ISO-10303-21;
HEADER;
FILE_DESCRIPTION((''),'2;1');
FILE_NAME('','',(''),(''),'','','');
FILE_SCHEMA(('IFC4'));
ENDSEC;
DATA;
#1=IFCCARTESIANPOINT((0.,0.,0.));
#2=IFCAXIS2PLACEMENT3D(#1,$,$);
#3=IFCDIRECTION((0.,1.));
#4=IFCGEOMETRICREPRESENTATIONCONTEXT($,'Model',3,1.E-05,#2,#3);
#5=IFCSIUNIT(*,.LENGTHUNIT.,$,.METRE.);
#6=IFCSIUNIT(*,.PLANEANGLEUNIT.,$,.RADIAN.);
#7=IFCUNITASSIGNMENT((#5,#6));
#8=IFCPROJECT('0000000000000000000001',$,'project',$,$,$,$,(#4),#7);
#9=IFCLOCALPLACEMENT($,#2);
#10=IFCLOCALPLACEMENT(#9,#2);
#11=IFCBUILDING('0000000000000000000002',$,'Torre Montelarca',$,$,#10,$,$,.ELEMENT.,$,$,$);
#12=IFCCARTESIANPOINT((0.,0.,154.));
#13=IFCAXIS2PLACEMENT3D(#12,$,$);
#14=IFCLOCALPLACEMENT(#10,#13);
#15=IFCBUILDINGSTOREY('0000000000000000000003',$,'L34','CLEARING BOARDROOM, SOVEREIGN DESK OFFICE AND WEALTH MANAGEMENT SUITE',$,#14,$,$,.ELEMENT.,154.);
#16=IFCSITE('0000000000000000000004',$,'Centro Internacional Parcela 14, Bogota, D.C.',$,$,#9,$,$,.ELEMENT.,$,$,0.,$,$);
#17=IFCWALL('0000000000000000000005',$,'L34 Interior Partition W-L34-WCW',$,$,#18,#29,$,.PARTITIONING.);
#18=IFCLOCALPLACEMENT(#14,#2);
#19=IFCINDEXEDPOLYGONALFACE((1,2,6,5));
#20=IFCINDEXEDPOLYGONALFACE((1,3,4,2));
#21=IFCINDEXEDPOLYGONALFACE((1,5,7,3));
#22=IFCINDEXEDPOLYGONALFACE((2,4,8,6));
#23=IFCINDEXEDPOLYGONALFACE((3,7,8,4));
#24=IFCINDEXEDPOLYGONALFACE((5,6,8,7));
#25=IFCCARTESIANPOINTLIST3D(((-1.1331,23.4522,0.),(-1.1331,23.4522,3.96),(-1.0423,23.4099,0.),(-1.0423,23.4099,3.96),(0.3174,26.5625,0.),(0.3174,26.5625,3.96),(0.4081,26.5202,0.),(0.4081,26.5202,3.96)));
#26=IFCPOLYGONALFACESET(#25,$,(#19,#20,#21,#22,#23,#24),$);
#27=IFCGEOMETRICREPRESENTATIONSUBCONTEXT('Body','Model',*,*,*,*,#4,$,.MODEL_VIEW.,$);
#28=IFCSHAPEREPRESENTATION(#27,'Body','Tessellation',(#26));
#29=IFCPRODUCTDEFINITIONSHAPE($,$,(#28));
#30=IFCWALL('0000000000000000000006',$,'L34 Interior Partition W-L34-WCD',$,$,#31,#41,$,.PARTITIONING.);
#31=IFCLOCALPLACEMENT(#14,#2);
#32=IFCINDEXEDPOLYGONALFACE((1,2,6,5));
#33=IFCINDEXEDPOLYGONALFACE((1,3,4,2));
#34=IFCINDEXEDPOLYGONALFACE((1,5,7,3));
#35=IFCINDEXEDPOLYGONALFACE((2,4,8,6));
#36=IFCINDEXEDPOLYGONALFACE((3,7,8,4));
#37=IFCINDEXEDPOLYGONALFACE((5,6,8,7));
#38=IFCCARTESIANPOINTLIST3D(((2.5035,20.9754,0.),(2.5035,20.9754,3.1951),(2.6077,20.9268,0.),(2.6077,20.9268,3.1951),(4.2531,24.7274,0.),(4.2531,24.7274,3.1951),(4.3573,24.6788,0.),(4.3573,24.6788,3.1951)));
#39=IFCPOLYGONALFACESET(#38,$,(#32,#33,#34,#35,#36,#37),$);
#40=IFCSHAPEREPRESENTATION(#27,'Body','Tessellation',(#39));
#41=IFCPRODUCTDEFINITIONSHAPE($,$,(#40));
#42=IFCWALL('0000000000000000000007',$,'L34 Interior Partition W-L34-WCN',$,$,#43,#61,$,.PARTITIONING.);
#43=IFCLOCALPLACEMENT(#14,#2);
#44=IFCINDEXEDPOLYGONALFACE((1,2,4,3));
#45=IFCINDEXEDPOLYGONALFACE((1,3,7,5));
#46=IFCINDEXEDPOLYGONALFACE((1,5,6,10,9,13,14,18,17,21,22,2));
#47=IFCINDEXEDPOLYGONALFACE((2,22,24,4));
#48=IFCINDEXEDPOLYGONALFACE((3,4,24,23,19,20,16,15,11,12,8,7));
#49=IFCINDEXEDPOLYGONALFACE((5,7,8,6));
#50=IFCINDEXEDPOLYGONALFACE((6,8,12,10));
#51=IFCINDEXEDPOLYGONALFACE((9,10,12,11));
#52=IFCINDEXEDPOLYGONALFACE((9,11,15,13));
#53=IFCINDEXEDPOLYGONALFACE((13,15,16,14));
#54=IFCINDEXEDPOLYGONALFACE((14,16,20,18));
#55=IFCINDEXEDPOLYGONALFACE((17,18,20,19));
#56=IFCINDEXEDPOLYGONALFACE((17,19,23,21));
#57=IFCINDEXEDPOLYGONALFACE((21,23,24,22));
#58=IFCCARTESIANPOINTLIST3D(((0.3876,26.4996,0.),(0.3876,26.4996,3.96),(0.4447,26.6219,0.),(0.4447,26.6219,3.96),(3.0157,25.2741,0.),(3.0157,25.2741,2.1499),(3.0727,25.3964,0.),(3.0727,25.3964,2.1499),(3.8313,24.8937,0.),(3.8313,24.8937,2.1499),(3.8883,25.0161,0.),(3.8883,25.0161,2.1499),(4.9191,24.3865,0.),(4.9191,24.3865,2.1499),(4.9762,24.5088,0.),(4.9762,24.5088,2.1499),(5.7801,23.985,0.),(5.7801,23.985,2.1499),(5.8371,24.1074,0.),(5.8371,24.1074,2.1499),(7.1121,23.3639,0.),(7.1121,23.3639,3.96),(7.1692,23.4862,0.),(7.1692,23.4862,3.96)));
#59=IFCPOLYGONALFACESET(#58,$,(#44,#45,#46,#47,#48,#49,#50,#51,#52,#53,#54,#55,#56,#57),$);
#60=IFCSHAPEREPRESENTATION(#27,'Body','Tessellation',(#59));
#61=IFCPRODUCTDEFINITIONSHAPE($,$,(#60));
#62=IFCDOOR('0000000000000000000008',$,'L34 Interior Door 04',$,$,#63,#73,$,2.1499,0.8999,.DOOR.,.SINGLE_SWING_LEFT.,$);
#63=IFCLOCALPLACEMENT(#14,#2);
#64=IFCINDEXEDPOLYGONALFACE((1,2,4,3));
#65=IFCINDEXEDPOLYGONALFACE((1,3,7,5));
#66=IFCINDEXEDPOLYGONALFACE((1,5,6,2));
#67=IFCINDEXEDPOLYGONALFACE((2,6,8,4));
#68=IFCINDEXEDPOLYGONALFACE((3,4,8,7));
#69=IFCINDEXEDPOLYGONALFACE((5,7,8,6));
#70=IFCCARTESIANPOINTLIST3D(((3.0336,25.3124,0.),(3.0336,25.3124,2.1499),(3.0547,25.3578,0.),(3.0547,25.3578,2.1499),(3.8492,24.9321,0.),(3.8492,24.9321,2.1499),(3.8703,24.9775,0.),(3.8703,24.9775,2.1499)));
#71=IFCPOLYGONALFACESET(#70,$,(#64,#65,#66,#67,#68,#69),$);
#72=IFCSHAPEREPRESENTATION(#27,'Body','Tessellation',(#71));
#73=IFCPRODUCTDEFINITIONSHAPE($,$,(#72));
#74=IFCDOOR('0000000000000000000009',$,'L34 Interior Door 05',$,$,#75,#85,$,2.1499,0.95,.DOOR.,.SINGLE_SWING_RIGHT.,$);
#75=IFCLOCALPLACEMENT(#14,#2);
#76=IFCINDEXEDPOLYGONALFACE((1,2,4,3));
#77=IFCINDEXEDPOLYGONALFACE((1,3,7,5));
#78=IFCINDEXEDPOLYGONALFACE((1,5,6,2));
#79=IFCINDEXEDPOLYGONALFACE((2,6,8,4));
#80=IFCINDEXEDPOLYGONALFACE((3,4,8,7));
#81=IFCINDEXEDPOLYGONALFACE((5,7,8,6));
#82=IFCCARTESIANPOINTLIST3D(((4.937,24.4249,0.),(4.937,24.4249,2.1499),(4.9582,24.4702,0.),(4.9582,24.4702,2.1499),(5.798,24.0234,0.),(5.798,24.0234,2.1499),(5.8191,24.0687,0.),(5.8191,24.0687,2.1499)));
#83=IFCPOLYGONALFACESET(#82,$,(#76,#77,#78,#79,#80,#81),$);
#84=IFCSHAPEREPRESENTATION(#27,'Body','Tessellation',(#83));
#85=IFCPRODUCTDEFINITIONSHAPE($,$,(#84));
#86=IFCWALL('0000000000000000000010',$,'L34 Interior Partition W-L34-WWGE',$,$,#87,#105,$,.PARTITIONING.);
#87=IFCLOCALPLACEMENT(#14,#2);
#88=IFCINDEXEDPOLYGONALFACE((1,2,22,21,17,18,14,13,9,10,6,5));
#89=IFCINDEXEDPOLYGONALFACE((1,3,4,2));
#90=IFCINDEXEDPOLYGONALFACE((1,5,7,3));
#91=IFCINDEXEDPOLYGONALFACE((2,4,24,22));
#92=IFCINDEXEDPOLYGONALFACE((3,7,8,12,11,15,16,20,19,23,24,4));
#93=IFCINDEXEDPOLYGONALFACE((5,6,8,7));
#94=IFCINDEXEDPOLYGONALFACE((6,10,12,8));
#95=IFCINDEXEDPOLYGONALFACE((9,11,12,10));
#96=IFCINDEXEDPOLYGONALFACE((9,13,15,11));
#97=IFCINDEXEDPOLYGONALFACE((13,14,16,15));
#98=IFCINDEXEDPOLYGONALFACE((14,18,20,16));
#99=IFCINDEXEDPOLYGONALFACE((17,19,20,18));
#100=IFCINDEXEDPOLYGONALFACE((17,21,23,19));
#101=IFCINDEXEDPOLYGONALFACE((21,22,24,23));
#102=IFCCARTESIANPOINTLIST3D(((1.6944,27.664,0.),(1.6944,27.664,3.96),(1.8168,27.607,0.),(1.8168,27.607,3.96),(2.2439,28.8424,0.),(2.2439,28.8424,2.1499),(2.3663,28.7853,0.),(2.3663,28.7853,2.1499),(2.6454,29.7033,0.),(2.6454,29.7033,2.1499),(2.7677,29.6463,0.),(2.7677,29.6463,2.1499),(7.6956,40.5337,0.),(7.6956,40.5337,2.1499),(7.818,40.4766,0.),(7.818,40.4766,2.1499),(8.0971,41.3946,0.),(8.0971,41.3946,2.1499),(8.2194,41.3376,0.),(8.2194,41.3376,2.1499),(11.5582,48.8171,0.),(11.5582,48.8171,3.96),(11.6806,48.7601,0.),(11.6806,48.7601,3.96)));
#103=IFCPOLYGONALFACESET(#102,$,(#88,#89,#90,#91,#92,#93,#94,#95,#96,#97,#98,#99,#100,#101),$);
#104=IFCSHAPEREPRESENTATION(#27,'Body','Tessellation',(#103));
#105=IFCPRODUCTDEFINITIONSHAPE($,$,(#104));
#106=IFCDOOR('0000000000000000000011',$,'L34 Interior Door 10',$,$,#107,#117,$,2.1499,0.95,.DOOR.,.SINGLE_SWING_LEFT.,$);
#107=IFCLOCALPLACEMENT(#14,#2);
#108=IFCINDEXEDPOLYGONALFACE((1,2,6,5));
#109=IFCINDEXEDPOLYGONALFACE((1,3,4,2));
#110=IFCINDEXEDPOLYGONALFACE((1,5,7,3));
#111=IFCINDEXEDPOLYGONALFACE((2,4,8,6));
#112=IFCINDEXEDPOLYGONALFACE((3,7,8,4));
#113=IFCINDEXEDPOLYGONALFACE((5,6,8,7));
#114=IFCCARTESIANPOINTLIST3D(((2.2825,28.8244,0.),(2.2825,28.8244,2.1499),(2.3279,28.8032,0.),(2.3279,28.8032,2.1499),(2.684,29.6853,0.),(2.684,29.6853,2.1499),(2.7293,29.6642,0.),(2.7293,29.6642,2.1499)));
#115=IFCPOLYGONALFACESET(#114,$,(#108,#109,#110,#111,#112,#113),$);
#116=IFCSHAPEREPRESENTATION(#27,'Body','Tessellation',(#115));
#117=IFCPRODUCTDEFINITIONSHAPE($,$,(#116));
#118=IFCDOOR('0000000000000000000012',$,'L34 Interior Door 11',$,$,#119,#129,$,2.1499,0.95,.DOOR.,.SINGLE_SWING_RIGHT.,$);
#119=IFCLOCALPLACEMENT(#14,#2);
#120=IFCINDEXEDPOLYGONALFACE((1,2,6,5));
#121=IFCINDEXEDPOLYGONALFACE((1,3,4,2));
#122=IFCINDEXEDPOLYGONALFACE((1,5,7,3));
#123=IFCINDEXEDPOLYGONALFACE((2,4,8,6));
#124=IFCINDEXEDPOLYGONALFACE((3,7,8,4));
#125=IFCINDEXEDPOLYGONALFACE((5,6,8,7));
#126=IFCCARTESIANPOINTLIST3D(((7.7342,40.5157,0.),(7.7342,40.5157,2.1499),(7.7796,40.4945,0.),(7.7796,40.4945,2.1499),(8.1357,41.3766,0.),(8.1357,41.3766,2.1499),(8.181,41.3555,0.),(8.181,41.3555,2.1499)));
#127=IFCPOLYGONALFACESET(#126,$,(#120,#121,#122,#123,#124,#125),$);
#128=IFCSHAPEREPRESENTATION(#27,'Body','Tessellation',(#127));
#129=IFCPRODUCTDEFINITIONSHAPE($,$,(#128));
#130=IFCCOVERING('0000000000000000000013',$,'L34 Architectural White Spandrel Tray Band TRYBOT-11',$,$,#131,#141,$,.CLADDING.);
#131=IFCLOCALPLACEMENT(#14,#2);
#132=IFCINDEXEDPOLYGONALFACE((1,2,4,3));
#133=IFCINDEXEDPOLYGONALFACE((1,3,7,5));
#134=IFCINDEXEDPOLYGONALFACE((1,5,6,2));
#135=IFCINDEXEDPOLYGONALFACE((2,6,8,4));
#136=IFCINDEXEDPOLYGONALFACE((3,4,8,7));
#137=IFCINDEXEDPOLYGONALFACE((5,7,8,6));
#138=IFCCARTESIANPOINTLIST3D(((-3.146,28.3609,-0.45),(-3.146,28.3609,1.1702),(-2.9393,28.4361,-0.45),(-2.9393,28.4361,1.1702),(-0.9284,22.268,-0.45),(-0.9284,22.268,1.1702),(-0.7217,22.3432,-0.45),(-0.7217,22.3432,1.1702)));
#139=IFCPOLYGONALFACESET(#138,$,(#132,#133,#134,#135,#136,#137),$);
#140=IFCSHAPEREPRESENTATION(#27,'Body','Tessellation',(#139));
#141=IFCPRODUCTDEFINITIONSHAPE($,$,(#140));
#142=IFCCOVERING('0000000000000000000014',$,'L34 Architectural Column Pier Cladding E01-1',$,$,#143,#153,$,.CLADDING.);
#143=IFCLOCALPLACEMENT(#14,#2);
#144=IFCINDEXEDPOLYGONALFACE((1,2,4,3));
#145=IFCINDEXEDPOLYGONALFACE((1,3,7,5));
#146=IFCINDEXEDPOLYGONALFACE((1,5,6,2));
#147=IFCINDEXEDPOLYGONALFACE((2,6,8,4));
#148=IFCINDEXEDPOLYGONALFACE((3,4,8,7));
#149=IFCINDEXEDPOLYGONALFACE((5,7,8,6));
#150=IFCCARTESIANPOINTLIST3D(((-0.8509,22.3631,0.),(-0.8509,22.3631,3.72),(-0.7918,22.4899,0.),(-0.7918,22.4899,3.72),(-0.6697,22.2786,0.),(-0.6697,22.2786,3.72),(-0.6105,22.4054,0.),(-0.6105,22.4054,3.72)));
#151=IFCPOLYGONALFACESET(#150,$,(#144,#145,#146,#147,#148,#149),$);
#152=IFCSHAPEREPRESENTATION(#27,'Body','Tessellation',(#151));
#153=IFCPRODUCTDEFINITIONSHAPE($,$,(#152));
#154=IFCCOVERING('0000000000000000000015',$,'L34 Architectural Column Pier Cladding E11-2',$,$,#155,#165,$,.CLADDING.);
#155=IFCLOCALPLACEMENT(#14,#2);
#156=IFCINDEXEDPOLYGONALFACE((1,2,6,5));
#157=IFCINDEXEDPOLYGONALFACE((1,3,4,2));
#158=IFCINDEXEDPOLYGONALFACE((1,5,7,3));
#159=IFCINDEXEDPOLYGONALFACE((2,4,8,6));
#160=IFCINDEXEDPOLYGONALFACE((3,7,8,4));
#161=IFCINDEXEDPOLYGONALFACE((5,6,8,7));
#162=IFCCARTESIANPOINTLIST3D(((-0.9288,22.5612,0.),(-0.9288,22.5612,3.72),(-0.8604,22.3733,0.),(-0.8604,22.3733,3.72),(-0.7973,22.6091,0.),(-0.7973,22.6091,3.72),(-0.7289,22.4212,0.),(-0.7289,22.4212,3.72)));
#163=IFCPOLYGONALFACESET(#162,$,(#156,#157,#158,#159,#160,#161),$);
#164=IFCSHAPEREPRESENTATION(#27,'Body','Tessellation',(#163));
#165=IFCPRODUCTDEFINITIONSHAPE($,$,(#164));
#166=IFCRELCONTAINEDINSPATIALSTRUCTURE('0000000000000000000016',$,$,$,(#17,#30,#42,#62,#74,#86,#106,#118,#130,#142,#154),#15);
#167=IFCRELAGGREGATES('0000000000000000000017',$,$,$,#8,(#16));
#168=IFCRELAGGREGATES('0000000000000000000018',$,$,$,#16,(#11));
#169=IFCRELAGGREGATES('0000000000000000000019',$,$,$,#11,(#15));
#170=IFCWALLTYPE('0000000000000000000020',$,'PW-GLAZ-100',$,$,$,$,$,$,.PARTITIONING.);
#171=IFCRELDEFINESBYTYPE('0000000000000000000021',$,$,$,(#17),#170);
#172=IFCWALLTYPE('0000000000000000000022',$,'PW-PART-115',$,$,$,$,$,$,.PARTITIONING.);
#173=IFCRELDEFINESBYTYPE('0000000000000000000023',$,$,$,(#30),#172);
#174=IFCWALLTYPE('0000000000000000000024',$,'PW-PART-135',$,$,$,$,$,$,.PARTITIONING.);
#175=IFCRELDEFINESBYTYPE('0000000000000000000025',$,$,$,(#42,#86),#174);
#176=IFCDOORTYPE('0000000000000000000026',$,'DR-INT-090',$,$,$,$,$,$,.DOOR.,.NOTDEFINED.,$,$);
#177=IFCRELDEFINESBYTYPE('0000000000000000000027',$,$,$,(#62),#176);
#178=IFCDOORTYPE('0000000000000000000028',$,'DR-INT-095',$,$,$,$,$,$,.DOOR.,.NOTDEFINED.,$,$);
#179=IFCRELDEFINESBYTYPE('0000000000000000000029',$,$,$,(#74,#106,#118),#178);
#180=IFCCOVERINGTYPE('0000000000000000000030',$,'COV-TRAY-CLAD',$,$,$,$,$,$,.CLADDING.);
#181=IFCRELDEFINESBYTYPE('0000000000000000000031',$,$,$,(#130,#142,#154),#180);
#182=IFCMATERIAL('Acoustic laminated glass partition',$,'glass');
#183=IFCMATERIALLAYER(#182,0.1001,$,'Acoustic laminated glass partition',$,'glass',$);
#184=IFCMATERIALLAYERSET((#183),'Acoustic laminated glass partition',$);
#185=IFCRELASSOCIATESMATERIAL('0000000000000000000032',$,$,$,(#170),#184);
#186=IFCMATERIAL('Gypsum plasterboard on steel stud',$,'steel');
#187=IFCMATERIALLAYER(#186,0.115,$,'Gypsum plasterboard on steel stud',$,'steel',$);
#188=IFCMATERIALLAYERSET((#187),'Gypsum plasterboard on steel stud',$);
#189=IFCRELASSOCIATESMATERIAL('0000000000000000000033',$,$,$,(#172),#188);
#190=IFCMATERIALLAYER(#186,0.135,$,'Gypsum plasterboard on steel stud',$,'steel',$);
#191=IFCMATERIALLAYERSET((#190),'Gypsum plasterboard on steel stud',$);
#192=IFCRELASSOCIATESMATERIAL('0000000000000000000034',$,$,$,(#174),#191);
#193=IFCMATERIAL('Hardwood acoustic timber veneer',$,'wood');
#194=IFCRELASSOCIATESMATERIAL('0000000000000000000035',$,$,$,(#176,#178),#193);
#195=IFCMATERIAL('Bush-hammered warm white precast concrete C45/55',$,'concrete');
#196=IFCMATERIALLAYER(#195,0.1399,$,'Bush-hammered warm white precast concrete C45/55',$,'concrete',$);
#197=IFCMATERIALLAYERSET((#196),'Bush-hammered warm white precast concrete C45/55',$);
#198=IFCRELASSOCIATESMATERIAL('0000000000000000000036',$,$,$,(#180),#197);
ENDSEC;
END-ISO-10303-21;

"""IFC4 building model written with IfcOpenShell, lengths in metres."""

from ifc_helpers import new_model, si_unit, direction, frame, frame_2d, origin, origin_2d, place, context, subcontext, project, spatial, rectangle, extrude, source, transform, mapped, material, layer, layer_set, type_object, element, fill, save


model = new_model("IFC4")

# Units and contexts
model_context = context("Model", 3, precision=1e-05, world=origin(), true_north=direction((0.0, 1.0)))
body_context = subcontext(model_context, "Body", "Model", "MODEL_VIEW")
ifc_project = project(units=[si_unit("LENGTHUNIT", "METRE"), si_unit("PLANEANGLEUNIT", "RADIAN")], contexts=[model_context])

# Site, building, storey
site_placement = place(None, origin())
site = spatial("IfcSite", under=ifc_project, at=site_placement, Name="Centro Internacional Parcela 14, Bogota, D.C.", CompositionType="ELEMENT", RefElevation=0.0)
building_placement = place(site_placement, origin())
building = spatial("IfcBuilding", under=site, at=building_placement, Name="Torre Montelarca", CompositionType="ELEMENT")
storey_placement = place(building_placement, frame((0.0, 0.0, 154.0)))
storey = spatial("IfcBuildingStorey", under=building, at=storey_placement, Name="L34", Description="CLEARING BOARDROOM, SOVEREIGN DESK OFFICE AND WEALTH MANAGEMENT SUITE", CompositionType="ELEMENT", Elevation=154.0)

# Walls
ifc_material_1 = material(Name="Gypsum plasterboard on steel stud", Category="steel")
ifc_material_2 = material(Name="Acoustic laminated glass partition", Category="glass")
ifc_layer_1 = layer(ifc_material_2, 0.1001, Name="Acoustic laminated glass partition", Category="glass")
ifc_layer_set_1 = layer_set([ifc_layer_1], Name="Acoustic laminated glass partition")
wall_type_1 = type_object("IfcWallType", Name="PW-GLAZ-100", PredefinedType="PARTITIONING", material=ifc_layer_set_1)
wall_1_placement = place(storey_placement, frame((-1.0876, 23.4312, 0.0), z_axis=(0.0, 0.0, 1.0), x_axis=(0.422632, 0.906301, 0.0)))
element("IfcWall", 1, at=wall_1_placement, inside=storey, type_object=wall_type_1, Name="L34 Interior Partition W-L34-WCW", PredefinedType="PARTITIONING", context=body_context, shape_type="SweptSolid", body=[
    extrude(rectangle(XDim=3.4319, YDim=0.1001, at=frame_2d((1.7158, 0.0))), origin(), (0.0, 0.0, 1.0), 3.96),
])
ifc_layer_2 = layer(ifc_material_1, 0.115, Name="Gypsum plasterboard on steel stud", Category="steel")
ifc_layer_set_2 = layer_set([ifc_layer_2], Name="Gypsum plasterboard on steel stud")
wall_type_2 = type_object("IfcWallType", Name="PW-PART-115", PredefinedType="PARTITIONING", material=ifc_layer_set_2)
wall_2_placement = place(storey_placement, frame((2.5557, 20.9512, 0.0), z_axis=(0.0, 0.0, 1.0), x_axis=(0.422608, 0.906313, 0.0)))
element("IfcWall", 2, at=wall_2_placement, inside=storey, type_object=wall_type_2, Name="L34 Interior Partition W-L34-WCD", PredefinedType="PARTITIONING", context=body_context, shape_type="SweptSolid", body=[
    extrude(rectangle(XDim=4.1399, YDim=0.115, at=frame_2d((2.0698, 0.0))), origin(), (0.0, 0.0, 1.0), 3.1951),
])

# Walls, openings, doors
ifc_layer_3 = layer(ifc_material_1, 0.135, Name="Gypsum plasterboard on steel stud", Category="steel")
ifc_layer_set_3 = layer_set([ifc_layer_3], Name="Gypsum plasterboard on steel stud")
wall_type_3 = type_object("IfcWallType", Name="PW-PART-135", PredefinedType="PARTITIONING", material=ifc_layer_set_3)
wall_3_placement = place(storey_placement, frame((0.416, 26.5608, 0.0), z_axis=(0.0, 0.0, 1.0), x_axis=(0.906308, -0.422619, 0.0)))
wall_3 = element("IfcWall", 3, at=wall_3_placement, inside=storey, type_object=wall_type_3, Name="L34 Interior Partition W-L34-WCN", PredefinedType="PARTITIONING", context=body_context, shape_type="SweptSolid", body=[
    extrude(rectangle(XDim=7.4197, YDim=0.135, at=frame_2d((3.71, 0.0))), origin(), (0.0, 0.0, 1.0), 3.96),
])
opening_1_placement = place(wall_3_placement, frame((2.8999, 0.0, 0.0)))
opening_1 = element("IfcOpeningElement", 4, at=opening_1_placement, cuts=wall_3, PredefinedType="OPENING", context=body_context, shape_type="SweptSolid", body=[
    extrude(rectangle(XDim=0.8999, YDim=2.1499, at=frame_2d((0.45, 1.075))), frame((0.0, 0.0776, 0.0), z_axis=(0.0, -1.0, 0.0), x_axis=(1.0, 0.0, 0.0)), (0.0, 0.0, 1.0), 0.155),
])
opening_2_placement = place(wall_3_placement, frame((5.0, 0.0, 0.0)))
opening_2 = element("IfcOpeningElement", 5, at=opening_2_placement, cuts=wall_3, PredefinedType="OPENING", context=body_context, shape_type="SweptSolid", body=[
    extrude(rectangle(XDim=0.95, YDim=2.1499, at=frame_2d((0.4751, 1.075))), frame((0.0, 0.0776, 0.0), z_axis=(0.0, -1.0, 0.0), x_axis=(1.0, 0.0, 0.0)), (0.0, 0.0, 1.0), 0.155),
])
ifc_material_3 = material(Name="Hardwood acoustic timber veneer", Category="wood")
door_type_1 = type_object("IfcDoorType", Name="DR-INT-090", OperationType="NOTDEFINED", PredefinedType="DOOR", material=ifc_material_3)
shared_shape_1 = source(origin(), body_context, "Body", "SweptSolid", [
    extrude(rectangle(XDim=0.8999, YDim=2.1499, at=frame_2d((0.45, 1.075))), frame((0.0, 0.0249, 0.0), z_axis=(0.0, -1.0, 0.0), x_axis=(1.0, 0.0, 0.0)), (0.0, 0.0, 1.0), 0.05),
])
door_1_placement = place(opening_1_placement, origin())
door_1 = element("IfcDoor", 6, at=door_1_placement, inside=storey, type_object=door_type_1, Name="L34 Interior Door 04", OperationType="SINGLE_SWING_LEFT", OverallHeight=2.1499, OverallWidth=0.8999, PredefinedType="DOOR", context=body_context, shape_type="MappedRepresentation", body=[
    mapped(shared_shape_1, transform((0.0, 0.0, 0.0), scale=1.0)),
])
fill(opening_1, door_1)
door_type_2 = type_object("IfcDoorType", Name="DR-INT-095", OperationType="NOTDEFINED", PredefinedType="DOOR", material=ifc_material_3)
shared_shape_2 = source(origin(), body_context, "Body", "SweptSolid", [
    extrude(rectangle(XDim=0.95, YDim=2.1499, at=frame_2d((0.4751, 1.075))), frame((0.0, 0.0249, 0.0), z_axis=(0.0, -1.0, 0.0), x_axis=(1.0, 0.0, 0.0)), (0.0, 0.0, 1.0), 0.05),
])
door_2_placement = place(opening_2_placement, origin())
door_2 = element("IfcDoor", 7, at=door_2_placement, inside=storey, type_object=door_type_2, Name="L34 Interior Door 05", OperationType="SINGLE_SWING_RIGHT", OverallHeight=2.1499, OverallWidth=0.95, PredefinedType="DOOR", context=body_context, shape_type="MappedRepresentation", body=[
    mapped(shared_shape_2, transform((0.0, 0.0, 0.0), scale=1.0)),
])
fill(opening_2, door_2)
wall_4_placement = place(storey_placement, frame((1.7556, 27.6355, 0.0), z_axis=(0.0, 0.0, 1.0), x_axis=(0.422616, 0.906309, 0.0)))
wall_4 = element("IfcWall", 8, at=wall_4_placement, inside=storey, type_object=wall_type_3, Name="L34 Interior Partition W-L34-WWGE", PredefinedType="PARTITIONING", context=body_context, shape_type="SweptSolid", body=[
    extrude(rectangle(XDim=23.3398, YDim=0.135, at=frame_2d((11.6699, 0.0))), origin(), (0.0, 0.0, 1.0), 3.96),
])
opening_3_placement = place(wall_4_placement, frame((1.3, 0.0, 0.0)))
opening_3 = element("IfcOpeningElement", 9, at=opening_3_placement, cuts=wall_4, PredefinedType="OPENING", context=body_context, shape_type="SweptSolid", body=[
    extrude(rectangle(XDim=0.95, YDim=2.1499, at=frame_2d((0.4751, 1.075))), frame((0.0, 0.0776, 0.0), z_axis=(0.0, -1.0, 0.0), x_axis=(1.0, 0.0, 0.0)), (0.0, 0.0, 1.0), 0.155),
])
opening_4_placement = place(wall_4_placement, frame((14.2, 0.0, 0.0)))
opening_4 = element("IfcOpeningElement", 10, at=opening_4_placement, cuts=wall_4, PredefinedType="OPENING", context=body_context, shape_type="SweptSolid", body=[
    extrude(rectangle(XDim=0.95, YDim=2.1499, at=frame_2d((0.4751, 1.075))), frame((0.0, 0.0776, 0.0), z_axis=(0.0, -1.0, 0.0), x_axis=(1.0, 0.0, 0.0)), (0.0, 0.0, 1.0), 0.155),
])
door_3_placement = place(opening_3_placement, origin())
door_3 = element("IfcDoor", 11, at=door_3_placement, inside=storey, type_object=door_type_2, Name="L34 Interior Door 10", OperationType="SINGLE_SWING_LEFT", OverallHeight=2.1499, OverallWidth=0.95, PredefinedType="DOOR", context=body_context, shape_type="MappedRepresentation", body=[
    mapped(shared_shape_2, transform((0.0, 0.0, 0.0), scale=1.0)),
])
fill(opening_3, door_3)
door_4_placement = place(opening_4_placement, origin())
door_4 = element("IfcDoor", 12, at=door_4_placement, inside=storey, type_object=door_type_2, Name="L34 Interior Door 11", OperationType="SINGLE_SWING_RIGHT", OverallHeight=2.1499, OverallWidth=0.95, PredefinedType="DOOR", context=body_context, shape_type="MappedRepresentation", body=[
    mapped(shared_shape_2, transform((0.0, 0.0, 0.0), scale=1.0)),
])
fill(opening_4, door_4)

# Coverings
ifc_material_4 = material(Name="Bush-hammered warm white precast concrete C45/55", Category="concrete")
ifc_layer_4 = layer(ifc_material_4, 0.1399, Name="Bush-hammered warm white precast concrete C45/55", Category="concrete")
ifc_layer_set_4 = layer_set([ifc_layer_4], Name="Bush-hammered warm white precast concrete C45/55")
covering_type = type_object("IfcCoveringType", Name="COV-TRAY-CLAD", PredefinedType="CLADDING", material=ifc_layer_set_4)
shared_shape_3 = source(origin(), body_context, "Body", "SweptSolid", [
    extrude(rectangle(XDim=6.4839, YDim=0.22, at=origin_2d()), origin(), (0.0, 0.0, 1.0), 1.6201),
])
covering_1_placement = place(storey_placement, frame((-1.9338, 25.3521, -0.45), z_axis=(0.0, 0.0, 1.0), x_axis=(0.342019, -0.939693, 0.0)))
element("IfcCovering", 13, at=covering_1_placement, inside=storey, type_object=covering_type, Name="L34 Architectural White Spandrel Tray Band TRYBOT-11", PredefinedType="CLADDING", context=body_context, shape_type="MappedRepresentation", body=[
    mapped(shared_shape_3, transform((0.0, 0.0, 0.0), scale=1.0)),
])
shared_shape_4 = source(origin(), body_context, "Body", "SweptSolid", [
    extrude(rectangle(XDim=0.2, YDim=0.1399, at=origin_2d()), origin(), (0.0, 0.0, 1.0), 3.72),
])
for number, where, z_axis, x_axis, name in (
    (14, (-0.7307, 22.3843, 0.0), (0.0, 0.0, 1.0), (0.906309, -0.422617, 0.0), "L34 Architectural Column Pier Cladding E01-1"),
    (15, (-0.8289, 22.4912, 0.0), (0.0, 0.0, 1.0), (0.342012, -0.939696, 0.0), "L34 Architectural Column Pier Cladding E11-2"),
):
    element("IfcCovering", number, at=place(storey_placement, frame(where, z_axis=z_axis, x_axis=x_axis)), inside=storey, type_object=covering_type, Name=name, PredefinedType="CLADDING", context=body_context, shape_type="MappedRepresentation", body=[
        mapped(shared_shape_4, transform((0.0, 0.0, 0.0), scale=1.0)),
    ])

save(model, "model.ifc")
